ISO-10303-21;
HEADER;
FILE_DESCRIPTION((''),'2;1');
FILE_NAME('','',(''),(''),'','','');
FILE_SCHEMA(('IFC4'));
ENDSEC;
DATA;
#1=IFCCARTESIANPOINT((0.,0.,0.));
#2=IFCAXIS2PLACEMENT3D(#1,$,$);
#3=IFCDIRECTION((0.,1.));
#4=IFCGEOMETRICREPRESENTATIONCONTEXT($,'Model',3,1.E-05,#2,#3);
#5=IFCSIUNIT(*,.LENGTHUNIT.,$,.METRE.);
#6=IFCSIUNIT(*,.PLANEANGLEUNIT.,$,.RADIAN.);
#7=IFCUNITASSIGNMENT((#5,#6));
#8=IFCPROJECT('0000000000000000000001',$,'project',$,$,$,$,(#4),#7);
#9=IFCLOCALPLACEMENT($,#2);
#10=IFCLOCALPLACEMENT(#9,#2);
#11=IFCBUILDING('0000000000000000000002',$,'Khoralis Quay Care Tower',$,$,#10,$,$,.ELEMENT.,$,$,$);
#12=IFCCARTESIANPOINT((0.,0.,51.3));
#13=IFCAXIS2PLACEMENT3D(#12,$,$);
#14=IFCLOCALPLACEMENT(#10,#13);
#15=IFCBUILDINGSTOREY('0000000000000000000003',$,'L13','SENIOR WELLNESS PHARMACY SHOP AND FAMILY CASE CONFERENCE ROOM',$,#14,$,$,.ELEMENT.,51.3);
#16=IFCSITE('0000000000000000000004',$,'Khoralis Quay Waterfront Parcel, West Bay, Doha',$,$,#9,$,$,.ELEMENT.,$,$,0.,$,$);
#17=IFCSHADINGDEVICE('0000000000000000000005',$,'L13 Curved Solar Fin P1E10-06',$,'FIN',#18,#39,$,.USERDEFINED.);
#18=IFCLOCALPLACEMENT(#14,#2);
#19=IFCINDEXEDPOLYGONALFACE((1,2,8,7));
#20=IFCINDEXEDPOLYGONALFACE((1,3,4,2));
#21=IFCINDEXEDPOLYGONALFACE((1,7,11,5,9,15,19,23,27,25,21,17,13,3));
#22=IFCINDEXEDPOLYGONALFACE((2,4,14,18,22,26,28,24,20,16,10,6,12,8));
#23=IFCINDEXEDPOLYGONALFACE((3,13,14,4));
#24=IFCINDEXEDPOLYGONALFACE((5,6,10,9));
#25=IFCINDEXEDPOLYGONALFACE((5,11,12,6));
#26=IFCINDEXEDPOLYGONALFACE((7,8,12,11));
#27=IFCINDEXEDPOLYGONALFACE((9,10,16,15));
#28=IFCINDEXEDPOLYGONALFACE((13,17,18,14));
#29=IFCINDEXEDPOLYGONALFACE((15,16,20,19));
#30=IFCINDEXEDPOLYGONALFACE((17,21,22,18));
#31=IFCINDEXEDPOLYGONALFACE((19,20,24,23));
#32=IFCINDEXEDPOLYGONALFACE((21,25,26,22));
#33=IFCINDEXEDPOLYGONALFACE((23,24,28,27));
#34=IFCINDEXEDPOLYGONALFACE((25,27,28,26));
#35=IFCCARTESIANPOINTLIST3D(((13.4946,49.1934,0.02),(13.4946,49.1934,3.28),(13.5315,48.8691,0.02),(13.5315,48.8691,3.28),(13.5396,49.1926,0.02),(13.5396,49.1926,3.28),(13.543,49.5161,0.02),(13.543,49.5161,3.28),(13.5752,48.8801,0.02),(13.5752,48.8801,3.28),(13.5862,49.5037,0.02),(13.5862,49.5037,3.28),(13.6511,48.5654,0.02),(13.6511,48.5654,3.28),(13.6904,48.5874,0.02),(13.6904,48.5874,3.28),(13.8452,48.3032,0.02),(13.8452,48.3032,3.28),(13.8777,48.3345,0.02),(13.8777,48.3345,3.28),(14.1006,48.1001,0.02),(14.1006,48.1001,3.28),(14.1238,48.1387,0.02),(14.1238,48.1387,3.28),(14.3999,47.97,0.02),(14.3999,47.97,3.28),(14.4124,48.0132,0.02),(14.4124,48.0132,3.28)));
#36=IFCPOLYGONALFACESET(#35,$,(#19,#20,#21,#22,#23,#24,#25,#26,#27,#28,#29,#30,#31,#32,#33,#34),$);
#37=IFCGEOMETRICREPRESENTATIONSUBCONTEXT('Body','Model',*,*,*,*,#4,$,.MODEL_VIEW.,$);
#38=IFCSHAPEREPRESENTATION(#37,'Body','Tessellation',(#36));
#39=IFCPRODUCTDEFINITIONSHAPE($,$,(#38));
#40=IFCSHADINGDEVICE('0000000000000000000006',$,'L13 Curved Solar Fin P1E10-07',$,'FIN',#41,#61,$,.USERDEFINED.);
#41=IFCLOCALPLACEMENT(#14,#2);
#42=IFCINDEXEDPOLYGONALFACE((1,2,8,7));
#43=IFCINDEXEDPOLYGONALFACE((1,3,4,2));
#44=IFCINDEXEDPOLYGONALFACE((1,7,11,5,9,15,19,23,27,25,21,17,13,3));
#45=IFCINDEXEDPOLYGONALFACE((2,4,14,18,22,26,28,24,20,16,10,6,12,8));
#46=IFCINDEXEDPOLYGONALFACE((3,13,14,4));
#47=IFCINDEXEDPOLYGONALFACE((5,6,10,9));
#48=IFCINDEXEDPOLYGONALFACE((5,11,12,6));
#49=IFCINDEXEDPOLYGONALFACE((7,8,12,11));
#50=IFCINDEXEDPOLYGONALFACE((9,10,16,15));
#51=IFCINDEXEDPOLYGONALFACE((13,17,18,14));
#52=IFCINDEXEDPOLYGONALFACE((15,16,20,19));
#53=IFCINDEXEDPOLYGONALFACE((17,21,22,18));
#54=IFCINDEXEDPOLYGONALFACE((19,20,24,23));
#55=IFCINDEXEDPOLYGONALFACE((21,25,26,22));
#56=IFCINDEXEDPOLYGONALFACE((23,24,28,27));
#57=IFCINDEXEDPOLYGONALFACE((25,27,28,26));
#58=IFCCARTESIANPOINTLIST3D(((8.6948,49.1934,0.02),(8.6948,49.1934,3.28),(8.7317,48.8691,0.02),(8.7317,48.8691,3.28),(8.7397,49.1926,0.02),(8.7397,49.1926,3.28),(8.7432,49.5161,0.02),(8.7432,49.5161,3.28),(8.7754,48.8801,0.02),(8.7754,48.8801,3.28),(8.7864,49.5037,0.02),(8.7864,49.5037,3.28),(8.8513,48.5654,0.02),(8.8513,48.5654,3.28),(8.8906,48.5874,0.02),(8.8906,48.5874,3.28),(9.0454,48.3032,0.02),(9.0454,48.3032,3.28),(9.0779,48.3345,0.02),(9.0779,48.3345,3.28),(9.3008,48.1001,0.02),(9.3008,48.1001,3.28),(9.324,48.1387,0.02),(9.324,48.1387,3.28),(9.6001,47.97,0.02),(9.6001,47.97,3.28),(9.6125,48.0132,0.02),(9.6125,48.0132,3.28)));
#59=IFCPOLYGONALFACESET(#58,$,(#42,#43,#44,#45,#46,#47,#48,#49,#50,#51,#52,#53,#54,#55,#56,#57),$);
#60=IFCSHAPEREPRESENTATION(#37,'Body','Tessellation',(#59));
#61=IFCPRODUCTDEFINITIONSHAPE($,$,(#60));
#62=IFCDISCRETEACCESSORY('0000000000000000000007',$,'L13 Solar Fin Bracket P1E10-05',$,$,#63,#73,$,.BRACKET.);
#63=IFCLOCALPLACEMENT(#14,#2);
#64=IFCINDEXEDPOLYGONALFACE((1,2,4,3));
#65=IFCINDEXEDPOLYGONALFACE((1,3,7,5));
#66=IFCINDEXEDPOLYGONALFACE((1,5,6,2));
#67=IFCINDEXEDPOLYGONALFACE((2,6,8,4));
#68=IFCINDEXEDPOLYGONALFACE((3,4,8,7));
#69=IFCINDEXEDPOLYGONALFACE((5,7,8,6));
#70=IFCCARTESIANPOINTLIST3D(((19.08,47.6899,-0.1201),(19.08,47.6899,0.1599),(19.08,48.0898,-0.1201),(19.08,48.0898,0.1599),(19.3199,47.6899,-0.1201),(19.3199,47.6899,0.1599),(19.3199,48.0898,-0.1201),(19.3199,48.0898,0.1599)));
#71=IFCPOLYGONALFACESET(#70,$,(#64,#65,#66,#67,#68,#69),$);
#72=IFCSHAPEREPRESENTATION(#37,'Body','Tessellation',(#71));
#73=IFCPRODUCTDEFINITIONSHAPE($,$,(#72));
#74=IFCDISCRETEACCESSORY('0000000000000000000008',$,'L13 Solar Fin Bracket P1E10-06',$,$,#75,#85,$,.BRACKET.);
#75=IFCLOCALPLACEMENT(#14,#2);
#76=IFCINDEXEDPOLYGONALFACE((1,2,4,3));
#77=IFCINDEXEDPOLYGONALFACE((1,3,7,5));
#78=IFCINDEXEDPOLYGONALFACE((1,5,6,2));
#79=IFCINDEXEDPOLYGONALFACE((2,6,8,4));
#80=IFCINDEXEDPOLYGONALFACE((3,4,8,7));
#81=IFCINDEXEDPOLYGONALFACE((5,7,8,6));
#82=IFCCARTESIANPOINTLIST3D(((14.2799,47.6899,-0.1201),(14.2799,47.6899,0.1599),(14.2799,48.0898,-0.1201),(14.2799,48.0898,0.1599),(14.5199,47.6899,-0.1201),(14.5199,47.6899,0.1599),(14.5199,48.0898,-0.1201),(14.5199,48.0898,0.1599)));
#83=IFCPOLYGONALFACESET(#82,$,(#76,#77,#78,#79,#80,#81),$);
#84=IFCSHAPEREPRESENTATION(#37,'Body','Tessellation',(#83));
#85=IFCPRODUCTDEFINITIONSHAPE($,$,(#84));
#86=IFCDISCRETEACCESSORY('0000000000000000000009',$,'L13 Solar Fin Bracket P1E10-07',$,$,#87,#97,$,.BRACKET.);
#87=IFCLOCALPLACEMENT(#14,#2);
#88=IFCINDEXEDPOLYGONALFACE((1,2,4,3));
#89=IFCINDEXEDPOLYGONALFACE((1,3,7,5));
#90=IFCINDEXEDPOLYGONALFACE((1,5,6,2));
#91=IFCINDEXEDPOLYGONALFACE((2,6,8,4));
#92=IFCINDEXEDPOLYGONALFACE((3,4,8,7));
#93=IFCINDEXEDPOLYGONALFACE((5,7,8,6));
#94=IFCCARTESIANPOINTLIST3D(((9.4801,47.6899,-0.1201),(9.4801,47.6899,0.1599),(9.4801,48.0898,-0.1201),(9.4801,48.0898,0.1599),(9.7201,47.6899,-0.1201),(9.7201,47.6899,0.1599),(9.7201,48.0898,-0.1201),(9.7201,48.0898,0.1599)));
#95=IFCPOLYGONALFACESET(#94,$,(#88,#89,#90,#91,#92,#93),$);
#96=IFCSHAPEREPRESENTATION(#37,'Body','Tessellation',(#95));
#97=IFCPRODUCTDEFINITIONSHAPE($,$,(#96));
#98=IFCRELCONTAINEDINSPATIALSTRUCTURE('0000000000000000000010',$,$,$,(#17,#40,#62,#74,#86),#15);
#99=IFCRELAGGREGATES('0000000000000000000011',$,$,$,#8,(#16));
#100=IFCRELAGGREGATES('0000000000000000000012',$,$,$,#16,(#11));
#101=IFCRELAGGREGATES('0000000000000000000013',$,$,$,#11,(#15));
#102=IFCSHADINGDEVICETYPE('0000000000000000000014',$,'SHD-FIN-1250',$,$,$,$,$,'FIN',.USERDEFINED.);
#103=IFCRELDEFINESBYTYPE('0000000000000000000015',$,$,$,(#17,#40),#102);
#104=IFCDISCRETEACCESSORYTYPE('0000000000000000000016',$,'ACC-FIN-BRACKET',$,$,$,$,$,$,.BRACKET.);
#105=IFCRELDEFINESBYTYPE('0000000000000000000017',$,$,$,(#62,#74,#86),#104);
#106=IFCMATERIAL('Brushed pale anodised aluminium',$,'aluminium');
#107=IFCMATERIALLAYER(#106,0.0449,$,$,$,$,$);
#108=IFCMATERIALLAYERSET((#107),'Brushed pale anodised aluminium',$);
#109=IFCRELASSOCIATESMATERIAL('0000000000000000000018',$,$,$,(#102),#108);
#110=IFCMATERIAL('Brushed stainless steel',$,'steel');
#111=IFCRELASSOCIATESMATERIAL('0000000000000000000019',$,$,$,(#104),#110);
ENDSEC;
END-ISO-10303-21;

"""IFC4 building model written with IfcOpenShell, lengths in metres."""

from ifc_helpers import new_model, si_unit, direction, frame, origin, origin_2d, place, context, subcontext, project, spatial, polyline, rectangle, outline, extrude, source, transform, mapped, material, layer, layer_set, type_object, element, save


model = new_model("IFC4")

# Units and contexts
model_context = context("Model", 3, precision=1e-05, world=origin(), true_north=direction((0.0, 1.0)))
body_context = subcontext(model_context, "Body", "Model", "MODEL_VIEW")
ifc_project = project(units=[si_unit("LENGTHUNIT", "METRE"), si_unit("PLANEANGLEUNIT", "RADIAN")], contexts=[model_context])

# Site, building, storey
site_placement = place(None, origin())
site = spatial("IfcSite", under=ifc_project, at=site_placement, Name="Khoralis Quay Waterfront Parcel, West Bay, Doha", CompositionType="ELEMENT", RefElevation=0.0)
building_placement = place(site_placement, origin())
building = spatial("IfcBuilding", under=site, at=building_placement, Name="Khoralis Quay Care Tower", CompositionType="ELEMENT")
storey_placement = place(building_placement, frame((0.0, 0.0, 51.3)))
storey = spatial("IfcBuildingStorey", under=building, at=storey_placement, Name="L13", Description="SENIOR WELLNESS PHARMACY SHOP AND FAMILY CASE CONFERENCE ROOM", CompositionType="ELEMENT", Elevation=51.3)

# Shading devices
ifc_material_1 = material(Name="Brushed pale anodised aluminium", Category="aluminium")
ifc_layer_1 = layer(ifc_material_1, 0.0449)
ifc_layer_set_1 = layer_set([ifc_layer_1], Name="Brushed pale anodised aluminium")
shading_device_type = type_object("IfcShadingDeviceType", Name="SHD-FIN-1250", ElementType="FIN", PredefinedType="USERDEFINED", material=ifc_layer_set_1)
shared_shape_1 = source(origin(), body_context, "Body", "SweptSolid", [
    extrude(outline(polyline([(0.0, 0.0), (0.1301, 0.2993), (0.3333, 0.5547), (0.5955, 0.7488), (0.8992, 0.8684), (1.2234, 0.9053), (1.5461, 0.8569), (1.5337, 0.8137), (1.2227, 0.8604), (0.9102, 0.8247), (0.6174, 0.7095), (0.3645, 0.5222), (0.1687, 0.2761), (0.0432, -0.0125), (0.0, 0.0)])), origin(), (0.0, 0.0, 1.0), 3.26),
])
for number, where, z_axis, x_axis, name in (
    (1, (14.3999, 47.97, 0.02), (0.0, 0.0, 1.0), (0.0, 1.0, 0.0), "L13 Curved Solar Fin P1E10-06"),
    (2, (9.6001, 47.97, 0.02), (0.0, 0.0, 1.0), (0.0, 1.0, 0.0), "L13 Curved Solar Fin P1E10-07"),
):
    element("IfcShadingDevice", number, at=place(storey_placement, frame(where, z_axis=z_axis, x_axis=x_axis)), inside=storey, type_object=shading_device_type, Name=name, ObjectType="FIN", PredefinedType="USERDEFINED", context=body_context, shape_type="MappedRepresentation", body=[
        mapped(shared_shape_1, transform((0.0, 0.0, 0.0), scale=1.0)),
    ])

# Discrete accessories
ifc_material_2 = material(Name="Brushed stainless steel", Category="steel")
discrete_accessory_type = type_object("IfcDiscreteAccessoryType", Name="ACC-FIN-BRACKET", PredefinedType="BRACKET", material=ifc_material_2)
shared_shape_2 = source(origin(), body_context, "Body", "SweptSolid", [
    extrude(rectangle(XDim=0.3999, YDim=0.24, at=origin_2d()), origin(), (0.0, 0.0, 1.0), 0.28),
])
for number, where, z_axis, x_axis, name in (
    (3, (19.2, 47.8899, -0.1201), (0.0, 0.0, 1.0), (0.0, 1.0, 0.0), "L13 Solar Fin Bracket P1E10-05"),
    (4, (14.3999, 47.8899, -0.1201), (0.0, 0.0, 1.0), (0.0, 1.0, 0.0), "L13 Solar Fin Bracket P1E10-06"),
    (5, (9.6001, 47.8899, -0.1201), (0.0, 0.0, 1.0), (0.0, 1.0, 0.0), "L13 Solar Fin Bracket P1E10-07"),
):
    element("IfcDiscreteAccessory", number, at=place(storey_placement, frame(where, z_axis=z_axis, x_axis=x_axis)), inside=storey, type_object=discrete_accessory_type, Name=name, PredefinedType="BRACKET", context=body_context, shape_type="MappedRepresentation", body=[
        mapped(shared_shape_2, transform((0.0, 0.0, 0.0), scale=1.0)),
    ])

save(model, "model.ifc")
